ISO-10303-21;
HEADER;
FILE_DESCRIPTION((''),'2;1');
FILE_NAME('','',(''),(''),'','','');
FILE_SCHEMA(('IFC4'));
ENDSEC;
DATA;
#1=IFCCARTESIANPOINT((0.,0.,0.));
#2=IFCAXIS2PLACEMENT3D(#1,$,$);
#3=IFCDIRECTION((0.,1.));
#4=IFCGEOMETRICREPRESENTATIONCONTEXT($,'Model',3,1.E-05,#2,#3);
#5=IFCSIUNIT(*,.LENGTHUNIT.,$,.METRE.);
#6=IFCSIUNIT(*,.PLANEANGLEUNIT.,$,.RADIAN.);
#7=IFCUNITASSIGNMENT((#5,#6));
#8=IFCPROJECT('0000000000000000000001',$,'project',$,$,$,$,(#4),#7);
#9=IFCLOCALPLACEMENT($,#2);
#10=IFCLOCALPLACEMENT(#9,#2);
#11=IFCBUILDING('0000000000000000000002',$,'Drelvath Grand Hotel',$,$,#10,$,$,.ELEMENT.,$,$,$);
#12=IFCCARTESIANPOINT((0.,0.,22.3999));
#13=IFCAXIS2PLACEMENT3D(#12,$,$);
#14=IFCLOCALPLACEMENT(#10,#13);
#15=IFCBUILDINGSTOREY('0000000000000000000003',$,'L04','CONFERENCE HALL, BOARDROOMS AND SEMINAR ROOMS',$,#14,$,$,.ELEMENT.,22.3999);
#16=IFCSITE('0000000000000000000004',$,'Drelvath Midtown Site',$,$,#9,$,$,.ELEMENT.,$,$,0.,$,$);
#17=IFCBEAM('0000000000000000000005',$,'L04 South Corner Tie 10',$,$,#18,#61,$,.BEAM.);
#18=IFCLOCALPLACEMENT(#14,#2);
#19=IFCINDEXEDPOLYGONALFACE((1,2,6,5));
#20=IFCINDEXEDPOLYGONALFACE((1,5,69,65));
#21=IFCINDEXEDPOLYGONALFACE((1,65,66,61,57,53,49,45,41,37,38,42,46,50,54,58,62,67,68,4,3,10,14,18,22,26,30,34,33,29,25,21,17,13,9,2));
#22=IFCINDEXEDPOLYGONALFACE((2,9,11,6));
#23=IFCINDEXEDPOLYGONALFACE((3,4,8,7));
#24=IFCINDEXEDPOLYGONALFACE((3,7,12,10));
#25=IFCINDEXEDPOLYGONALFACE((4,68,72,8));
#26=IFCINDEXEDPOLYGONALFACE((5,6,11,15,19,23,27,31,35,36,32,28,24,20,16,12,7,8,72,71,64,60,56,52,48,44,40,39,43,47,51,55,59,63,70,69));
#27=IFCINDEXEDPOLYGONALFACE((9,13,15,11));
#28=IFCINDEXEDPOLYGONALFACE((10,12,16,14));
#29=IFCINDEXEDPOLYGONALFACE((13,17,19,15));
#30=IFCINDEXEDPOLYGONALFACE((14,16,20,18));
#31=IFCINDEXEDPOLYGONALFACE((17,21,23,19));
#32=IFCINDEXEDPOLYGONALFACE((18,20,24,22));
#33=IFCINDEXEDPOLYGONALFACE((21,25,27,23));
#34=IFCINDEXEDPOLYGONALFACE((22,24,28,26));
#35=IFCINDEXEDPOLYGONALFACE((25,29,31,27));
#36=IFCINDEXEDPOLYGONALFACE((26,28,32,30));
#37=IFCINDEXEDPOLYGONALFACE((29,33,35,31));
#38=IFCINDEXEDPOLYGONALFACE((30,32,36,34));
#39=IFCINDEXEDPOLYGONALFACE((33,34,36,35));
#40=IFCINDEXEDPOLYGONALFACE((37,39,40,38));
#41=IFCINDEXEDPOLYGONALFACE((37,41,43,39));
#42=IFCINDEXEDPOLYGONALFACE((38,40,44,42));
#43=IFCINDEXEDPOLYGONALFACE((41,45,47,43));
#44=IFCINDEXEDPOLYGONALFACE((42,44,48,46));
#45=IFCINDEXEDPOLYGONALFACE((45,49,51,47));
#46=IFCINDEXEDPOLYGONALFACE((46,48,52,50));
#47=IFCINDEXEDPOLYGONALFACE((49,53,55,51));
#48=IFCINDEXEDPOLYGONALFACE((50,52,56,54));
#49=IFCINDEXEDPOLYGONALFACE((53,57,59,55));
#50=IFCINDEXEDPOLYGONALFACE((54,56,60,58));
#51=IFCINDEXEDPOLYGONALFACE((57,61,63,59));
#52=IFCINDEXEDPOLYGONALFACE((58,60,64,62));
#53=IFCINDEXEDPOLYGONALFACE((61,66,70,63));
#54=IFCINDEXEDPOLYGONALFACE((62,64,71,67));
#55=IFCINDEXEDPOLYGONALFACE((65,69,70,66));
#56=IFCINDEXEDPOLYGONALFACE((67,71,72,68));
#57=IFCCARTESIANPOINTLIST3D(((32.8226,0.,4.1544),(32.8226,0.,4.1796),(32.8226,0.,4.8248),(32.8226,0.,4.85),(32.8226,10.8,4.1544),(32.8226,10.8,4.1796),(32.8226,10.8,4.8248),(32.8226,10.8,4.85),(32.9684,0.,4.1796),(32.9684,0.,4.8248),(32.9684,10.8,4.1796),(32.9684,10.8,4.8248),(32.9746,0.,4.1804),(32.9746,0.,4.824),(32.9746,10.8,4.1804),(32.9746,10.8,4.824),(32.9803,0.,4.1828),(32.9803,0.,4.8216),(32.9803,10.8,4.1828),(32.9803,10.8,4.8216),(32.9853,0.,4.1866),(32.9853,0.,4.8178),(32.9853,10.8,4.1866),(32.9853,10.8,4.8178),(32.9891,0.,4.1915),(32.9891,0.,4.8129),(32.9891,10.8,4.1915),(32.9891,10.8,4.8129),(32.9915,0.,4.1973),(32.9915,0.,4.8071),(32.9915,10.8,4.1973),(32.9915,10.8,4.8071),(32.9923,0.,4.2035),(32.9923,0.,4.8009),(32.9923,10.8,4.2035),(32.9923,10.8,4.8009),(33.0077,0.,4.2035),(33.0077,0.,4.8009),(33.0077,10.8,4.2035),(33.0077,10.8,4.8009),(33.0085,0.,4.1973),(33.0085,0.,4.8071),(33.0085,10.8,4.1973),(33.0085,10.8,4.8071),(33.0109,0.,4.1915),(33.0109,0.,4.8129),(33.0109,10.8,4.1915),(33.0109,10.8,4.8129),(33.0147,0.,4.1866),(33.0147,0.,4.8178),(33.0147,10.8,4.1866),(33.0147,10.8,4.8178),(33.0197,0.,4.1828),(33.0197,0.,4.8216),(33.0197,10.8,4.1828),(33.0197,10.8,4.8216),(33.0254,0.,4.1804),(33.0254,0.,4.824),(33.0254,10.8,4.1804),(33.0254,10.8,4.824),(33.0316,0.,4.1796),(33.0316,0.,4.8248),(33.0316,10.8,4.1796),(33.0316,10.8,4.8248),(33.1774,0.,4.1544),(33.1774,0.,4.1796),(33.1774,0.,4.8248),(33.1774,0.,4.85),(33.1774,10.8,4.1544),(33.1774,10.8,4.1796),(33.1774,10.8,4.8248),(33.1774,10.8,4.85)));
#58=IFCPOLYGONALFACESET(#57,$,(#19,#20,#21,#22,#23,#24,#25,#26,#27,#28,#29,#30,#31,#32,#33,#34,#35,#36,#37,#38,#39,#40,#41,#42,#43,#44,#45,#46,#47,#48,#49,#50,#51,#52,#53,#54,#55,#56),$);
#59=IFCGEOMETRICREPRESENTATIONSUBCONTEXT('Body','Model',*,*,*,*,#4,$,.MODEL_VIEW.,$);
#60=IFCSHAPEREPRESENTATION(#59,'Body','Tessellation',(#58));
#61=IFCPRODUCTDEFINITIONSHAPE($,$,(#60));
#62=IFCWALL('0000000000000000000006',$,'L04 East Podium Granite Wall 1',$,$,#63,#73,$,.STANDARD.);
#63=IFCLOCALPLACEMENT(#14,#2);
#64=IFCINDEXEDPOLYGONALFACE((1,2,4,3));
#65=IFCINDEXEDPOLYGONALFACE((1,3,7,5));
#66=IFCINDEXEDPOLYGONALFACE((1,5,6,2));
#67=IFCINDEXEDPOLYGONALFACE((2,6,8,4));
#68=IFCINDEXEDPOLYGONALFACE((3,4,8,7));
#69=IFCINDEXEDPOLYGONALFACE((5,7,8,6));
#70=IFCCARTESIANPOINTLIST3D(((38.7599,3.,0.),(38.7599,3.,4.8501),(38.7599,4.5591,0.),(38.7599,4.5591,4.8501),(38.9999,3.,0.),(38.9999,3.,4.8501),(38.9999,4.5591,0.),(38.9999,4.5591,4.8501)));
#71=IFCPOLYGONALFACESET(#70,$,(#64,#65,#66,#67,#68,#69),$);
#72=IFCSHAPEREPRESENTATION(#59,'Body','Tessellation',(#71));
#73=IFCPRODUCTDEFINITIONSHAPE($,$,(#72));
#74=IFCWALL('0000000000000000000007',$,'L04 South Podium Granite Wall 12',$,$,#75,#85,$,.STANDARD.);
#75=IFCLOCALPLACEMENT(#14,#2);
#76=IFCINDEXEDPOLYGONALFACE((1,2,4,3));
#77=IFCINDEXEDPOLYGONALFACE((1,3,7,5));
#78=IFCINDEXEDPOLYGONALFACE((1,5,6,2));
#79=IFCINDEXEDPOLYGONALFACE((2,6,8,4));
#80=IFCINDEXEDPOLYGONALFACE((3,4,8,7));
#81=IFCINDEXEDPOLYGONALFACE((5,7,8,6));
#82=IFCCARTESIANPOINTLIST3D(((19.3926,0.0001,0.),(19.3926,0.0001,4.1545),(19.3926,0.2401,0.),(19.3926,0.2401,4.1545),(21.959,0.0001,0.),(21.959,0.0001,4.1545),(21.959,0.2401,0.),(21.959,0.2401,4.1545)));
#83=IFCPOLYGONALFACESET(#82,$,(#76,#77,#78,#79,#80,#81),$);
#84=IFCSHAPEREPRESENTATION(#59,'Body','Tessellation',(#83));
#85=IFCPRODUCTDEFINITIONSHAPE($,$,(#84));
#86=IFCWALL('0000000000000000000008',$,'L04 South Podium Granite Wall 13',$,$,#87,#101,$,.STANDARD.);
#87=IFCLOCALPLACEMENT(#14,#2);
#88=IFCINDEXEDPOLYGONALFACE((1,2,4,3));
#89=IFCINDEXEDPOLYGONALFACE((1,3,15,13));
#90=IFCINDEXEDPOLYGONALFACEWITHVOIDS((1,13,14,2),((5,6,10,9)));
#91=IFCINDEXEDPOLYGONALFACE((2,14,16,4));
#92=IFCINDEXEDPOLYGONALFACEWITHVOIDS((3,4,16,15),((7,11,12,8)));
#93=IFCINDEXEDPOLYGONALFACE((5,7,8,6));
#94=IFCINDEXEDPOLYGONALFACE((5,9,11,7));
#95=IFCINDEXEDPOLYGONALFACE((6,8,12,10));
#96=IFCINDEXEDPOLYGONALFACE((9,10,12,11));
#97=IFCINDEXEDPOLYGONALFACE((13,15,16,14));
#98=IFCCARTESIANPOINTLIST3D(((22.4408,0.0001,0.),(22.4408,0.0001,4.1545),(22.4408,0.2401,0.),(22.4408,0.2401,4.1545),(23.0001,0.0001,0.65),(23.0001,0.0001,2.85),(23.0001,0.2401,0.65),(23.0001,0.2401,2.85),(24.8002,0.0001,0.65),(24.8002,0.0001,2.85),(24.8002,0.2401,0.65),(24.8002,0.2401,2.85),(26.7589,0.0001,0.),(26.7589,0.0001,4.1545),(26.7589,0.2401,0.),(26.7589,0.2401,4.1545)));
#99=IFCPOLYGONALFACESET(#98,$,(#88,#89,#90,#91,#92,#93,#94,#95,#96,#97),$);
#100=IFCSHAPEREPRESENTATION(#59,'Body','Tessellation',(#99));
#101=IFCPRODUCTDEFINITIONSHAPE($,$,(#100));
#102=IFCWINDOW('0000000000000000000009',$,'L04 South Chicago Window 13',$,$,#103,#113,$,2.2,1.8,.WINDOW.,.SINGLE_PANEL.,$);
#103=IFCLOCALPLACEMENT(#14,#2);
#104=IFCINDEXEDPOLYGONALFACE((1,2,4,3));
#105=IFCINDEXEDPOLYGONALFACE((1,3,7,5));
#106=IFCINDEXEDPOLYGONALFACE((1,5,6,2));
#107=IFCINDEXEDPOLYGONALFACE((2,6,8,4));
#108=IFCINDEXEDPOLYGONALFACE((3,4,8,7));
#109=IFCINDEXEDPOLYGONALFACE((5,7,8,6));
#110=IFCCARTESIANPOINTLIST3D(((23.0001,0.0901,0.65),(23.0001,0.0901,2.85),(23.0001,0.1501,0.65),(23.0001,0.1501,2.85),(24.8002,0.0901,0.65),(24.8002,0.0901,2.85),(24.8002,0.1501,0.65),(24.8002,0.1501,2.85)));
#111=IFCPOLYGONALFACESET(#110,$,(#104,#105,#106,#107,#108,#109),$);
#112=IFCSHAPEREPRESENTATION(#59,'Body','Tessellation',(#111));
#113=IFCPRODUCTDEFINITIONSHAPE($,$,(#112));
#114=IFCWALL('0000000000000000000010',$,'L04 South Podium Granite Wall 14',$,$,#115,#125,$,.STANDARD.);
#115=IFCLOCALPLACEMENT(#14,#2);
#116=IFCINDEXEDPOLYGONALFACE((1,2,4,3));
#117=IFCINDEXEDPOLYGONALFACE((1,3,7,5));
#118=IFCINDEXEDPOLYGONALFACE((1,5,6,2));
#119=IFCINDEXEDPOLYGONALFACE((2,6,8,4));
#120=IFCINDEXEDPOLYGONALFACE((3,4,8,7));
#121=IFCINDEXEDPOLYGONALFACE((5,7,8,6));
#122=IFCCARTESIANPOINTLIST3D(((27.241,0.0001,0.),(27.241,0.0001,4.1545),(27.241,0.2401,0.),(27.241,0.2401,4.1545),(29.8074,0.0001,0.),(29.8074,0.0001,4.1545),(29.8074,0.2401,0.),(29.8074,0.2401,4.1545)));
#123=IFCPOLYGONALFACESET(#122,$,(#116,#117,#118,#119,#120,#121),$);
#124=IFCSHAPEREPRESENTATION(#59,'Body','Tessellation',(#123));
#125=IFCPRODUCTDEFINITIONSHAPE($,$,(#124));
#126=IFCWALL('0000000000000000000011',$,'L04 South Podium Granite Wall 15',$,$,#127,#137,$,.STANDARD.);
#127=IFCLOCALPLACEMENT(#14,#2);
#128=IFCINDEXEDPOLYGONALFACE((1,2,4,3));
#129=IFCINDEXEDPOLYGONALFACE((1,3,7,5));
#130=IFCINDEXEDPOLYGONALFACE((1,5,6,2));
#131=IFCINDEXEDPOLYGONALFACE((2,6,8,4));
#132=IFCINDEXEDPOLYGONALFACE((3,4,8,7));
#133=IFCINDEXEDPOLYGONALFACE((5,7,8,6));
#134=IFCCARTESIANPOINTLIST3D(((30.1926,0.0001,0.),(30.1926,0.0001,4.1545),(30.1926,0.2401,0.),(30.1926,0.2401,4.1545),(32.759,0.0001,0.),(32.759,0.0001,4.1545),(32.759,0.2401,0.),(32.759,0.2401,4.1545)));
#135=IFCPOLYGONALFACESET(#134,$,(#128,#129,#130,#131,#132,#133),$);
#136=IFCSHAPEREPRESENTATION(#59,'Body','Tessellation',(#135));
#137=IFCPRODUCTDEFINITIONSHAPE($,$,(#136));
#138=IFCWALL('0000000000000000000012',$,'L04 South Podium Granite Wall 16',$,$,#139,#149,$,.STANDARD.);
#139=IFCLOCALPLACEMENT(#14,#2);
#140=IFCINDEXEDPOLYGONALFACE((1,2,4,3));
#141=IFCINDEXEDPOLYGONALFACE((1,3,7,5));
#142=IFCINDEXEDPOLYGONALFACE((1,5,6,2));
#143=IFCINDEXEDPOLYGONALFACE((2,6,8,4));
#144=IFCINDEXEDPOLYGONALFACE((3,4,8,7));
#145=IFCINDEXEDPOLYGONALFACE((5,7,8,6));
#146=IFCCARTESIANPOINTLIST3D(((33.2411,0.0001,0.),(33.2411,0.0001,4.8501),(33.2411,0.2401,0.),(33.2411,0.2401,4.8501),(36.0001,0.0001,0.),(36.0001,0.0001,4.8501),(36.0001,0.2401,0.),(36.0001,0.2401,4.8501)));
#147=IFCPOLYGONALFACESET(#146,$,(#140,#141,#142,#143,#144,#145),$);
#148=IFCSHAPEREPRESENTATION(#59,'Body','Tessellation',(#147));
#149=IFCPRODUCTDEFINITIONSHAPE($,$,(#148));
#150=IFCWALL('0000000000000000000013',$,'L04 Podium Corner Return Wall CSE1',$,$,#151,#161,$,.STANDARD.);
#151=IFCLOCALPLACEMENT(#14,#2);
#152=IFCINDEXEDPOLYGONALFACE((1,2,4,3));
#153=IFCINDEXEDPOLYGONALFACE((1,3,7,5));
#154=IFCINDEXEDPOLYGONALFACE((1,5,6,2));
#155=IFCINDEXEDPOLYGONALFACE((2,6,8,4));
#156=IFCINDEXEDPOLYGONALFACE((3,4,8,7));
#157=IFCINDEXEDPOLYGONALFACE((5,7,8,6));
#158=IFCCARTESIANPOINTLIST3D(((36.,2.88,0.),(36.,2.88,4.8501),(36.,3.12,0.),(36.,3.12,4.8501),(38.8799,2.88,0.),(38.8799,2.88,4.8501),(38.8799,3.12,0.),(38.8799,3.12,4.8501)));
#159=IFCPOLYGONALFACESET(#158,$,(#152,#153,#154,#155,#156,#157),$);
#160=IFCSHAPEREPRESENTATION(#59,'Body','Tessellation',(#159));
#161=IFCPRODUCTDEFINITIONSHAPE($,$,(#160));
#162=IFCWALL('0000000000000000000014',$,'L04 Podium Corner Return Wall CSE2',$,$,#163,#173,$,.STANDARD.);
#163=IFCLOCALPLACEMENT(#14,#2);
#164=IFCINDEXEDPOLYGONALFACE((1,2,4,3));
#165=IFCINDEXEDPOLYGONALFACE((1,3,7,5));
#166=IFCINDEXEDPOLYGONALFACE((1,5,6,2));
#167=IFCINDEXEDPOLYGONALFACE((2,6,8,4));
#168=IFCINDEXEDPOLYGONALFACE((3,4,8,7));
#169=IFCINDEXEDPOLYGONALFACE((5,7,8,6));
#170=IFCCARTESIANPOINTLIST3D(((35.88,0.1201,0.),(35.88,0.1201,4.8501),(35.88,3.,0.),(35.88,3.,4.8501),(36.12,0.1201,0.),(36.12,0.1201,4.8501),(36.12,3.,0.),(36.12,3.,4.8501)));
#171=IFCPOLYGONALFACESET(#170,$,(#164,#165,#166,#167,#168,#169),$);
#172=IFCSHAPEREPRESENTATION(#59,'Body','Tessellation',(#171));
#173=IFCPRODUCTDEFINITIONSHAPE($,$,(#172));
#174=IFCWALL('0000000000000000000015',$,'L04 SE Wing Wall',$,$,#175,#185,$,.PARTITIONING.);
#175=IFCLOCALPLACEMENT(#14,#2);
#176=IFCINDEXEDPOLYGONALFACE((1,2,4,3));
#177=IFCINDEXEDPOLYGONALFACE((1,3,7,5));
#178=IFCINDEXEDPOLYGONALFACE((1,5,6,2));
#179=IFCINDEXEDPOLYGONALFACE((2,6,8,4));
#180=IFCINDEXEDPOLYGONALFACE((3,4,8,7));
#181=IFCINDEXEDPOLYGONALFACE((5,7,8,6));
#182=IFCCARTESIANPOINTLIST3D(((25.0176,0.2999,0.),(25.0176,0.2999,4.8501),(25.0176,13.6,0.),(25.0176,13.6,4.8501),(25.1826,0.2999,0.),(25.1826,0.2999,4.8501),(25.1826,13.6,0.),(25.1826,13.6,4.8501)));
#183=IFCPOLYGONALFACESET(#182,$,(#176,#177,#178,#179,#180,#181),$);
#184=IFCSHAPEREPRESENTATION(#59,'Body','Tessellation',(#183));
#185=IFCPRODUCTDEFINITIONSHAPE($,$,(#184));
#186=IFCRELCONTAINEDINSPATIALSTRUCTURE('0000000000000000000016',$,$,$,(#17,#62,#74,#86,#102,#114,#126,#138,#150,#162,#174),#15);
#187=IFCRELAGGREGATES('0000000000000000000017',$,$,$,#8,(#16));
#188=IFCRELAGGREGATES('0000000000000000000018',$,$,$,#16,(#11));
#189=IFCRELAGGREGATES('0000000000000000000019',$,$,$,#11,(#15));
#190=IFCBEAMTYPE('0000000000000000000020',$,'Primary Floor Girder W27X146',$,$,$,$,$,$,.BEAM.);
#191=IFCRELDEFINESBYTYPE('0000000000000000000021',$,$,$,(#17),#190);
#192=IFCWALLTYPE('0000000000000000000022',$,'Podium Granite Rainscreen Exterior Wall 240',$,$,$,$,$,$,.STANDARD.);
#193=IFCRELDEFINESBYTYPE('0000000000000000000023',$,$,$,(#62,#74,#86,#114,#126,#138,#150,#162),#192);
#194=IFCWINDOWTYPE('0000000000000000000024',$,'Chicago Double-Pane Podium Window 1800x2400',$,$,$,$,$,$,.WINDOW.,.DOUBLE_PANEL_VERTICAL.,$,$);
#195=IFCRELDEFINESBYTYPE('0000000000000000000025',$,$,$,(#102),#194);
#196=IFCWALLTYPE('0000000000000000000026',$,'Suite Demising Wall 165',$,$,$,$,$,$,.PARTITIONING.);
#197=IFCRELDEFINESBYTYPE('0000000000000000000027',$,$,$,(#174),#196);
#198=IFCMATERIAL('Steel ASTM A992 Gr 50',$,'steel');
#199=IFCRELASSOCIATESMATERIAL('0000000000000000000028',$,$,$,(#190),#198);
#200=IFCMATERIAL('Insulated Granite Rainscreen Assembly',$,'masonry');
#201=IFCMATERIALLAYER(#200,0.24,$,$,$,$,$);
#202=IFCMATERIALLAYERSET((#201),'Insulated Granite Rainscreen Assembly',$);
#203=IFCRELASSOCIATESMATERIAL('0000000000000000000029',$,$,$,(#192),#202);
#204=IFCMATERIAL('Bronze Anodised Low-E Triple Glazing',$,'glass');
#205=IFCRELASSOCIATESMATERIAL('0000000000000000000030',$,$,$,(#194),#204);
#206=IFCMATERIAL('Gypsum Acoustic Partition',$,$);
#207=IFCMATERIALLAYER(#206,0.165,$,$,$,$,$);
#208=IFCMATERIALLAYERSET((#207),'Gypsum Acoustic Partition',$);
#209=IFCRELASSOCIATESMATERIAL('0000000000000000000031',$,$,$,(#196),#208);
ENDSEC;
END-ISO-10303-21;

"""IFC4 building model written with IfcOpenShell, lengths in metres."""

from ifc_helpers import new_model, si_unit, direction, frame, frame_2d, origin, origin_2d, place, context, subcontext, project, spatial, rectangle, i_section, extrude, material, layer, layer_set, material_profile, profile_set, type_object, element, fill, save


model = new_model("IFC4")

# Units and contexts
model_context = context("Model", 3, precision=1e-05, world=origin(), true_north=direction((0.0, 1.0)))
body_context = subcontext(model_context, "Body", "Model", "MODEL_VIEW")
ifc_project = project(units=[si_unit("LENGTHUNIT", "METRE"), si_unit("PLANEANGLEUNIT", "RADIAN")], contexts=[model_context])

# Site, building, storey
site_placement = place(None, origin())
site = spatial("IfcSite", under=ifc_project, at=site_placement, Name="Drelvath Midtown Site", CompositionType="ELEMENT", RefElevation=0.0)
building_placement = place(site_placement, origin())
building = spatial("IfcBuilding", under=site, at=building_placement, Name="Drelvath Grand Hotel", CompositionType="ELEMENT")
storey_placement = place(building_placement, frame((0.0, 0.0, 22.3999)))
storey = spatial("IfcBuildingStorey", under=building, at=storey_placement, Name="L04", Description="CONFERENCE HALL, BOARDROOMS AND SEMINAR ROOMS", CompositionType="ELEMENT", Elevation=22.3999)

# Beam
ifc_material_1 = material(Name="Steel ASTM A992 Gr 50", Category="steel")
ifc_material_profile_1 = material_profile(ifc_material_1, i_section(OverallWidth=0.3547, OverallDepth=0.6956, WebThickness=0.0154, FlangeThickness=0.0251, FilletRadius=0.0239, at=origin_2d()), Name="W27X146")
ifc_profile_set_1 = profile_set([ifc_material_profile_1], Name="Steel ASTM A992 Gr 50")
beam_type = type_object("IfcBeamType", Name="Primary Floor Girder W27X146", PredefinedType="BEAM", material=ifc_profile_set_1)
for number, where, z_axis, x_axis, name in (
    (1, (33.0, 0.0, 4.5022), (0.0, 1.0, 0.0), (-1.0, 0.0, 0.0), "L04 South Corner Tie 10"),
):
    element("IfcBeam", number, at=place(storey_placement, frame(where, z_axis=z_axis, x_axis=x_axis)), inside=storey, type_object=beam_type, Name=name, PredefinedType="BEAM", context=body_context, shape_type="SweptSolid", body=[
        extrude(i_section(OverallWidth=0.3547, OverallDepth=0.6956, WebThickness=0.0154, FlangeThickness=0.0251, FilletRadius=0.0239, at=origin_2d()), origin(), (0.0, 0.0, 1.0), 10.8),
    ])

# Walls
ifc_material_2 = material(Name="Insulated Granite Rainscreen Assembly", Category="masonry")
ifc_layer_1 = layer(ifc_material_2, 0.24)
ifc_layer_set_1 = layer_set([ifc_layer_1], Name="Insulated Granite Rainscreen Assembly")
wall_type_1 = type_object("IfcWallType", Name="Podium Granite Rainscreen Exterior Wall 240", PredefinedType="STANDARD", material=ifc_layer_set_1)
wall_1_placement = place(storey_placement, frame((38.8799, 4.5591, 0.0), z_axis=(0.0, 0.0, 1.0), x_axis=(0.0, -1.0, 0.0)))
element("IfcWall", 2, at=wall_1_placement, inside=storey, type_object=wall_type_1, Name="L04 East Podium Granite Wall 1", PredefinedType="STANDARD", context=body_context, shape_type="SweptSolid", body=[
    extrude(rectangle(XDim=1.5591, YDim=0.24, at=frame_2d((0.7795, 0.0))), origin(), (0.0, 0.0, 1.0), 4.8501),
])
wall_2_placement = place(storey_placement, frame((21.959, 0.1201, 0.0), z_axis=(0.0, 0.0, 1.0), x_axis=(-1.0, 0.0, 0.0)))
element("IfcWall", 3, at=wall_2_placement, inside=storey, type_object=wall_type_1, Name="L04 South Podium Granite Wall 12", PredefinedType="STANDARD", context=body_context, shape_type="SweptSolid", body=[
    extrude(rectangle(XDim=2.5664, YDim=0.24, at=frame_2d((1.2832, 0.0))), origin(), (0.0, 0.0, 1.0), 4.1545),
])

# Wall, opening, window
wall_3_placement = place(storey_placement, frame((26.759, 0.1201, 0.0), z_axis=(0.0, 0.0, 1.0), x_axis=(-1.0, 0.0, 0.0)))
wall_3 = element("IfcWall", 4, at=wall_3_placement, inside=storey, type_object=wall_type_1, Name="L04 South Podium Granite Wall 13", PredefinedType="STANDARD", context=body_context, shape_type="SweptSolid", body=[
    extrude(rectangle(XDim=4.3181, YDim=0.24, at=frame_2d((2.1592, 0.0))), origin(), (0.0, 0.0, 1.0), 4.1545),
])
opening_placement = place(wall_3_placement, frame((1.959, 0.0, 0.6499)))
opening = element("IfcOpeningElement", 5, at=opening_placement, cuts=wall_3, PredefinedType="OPENING", context=body_context, shape_type="SweptSolid", body=[
    extrude(rectangle(XDim=1.8, YDim=2.2, at=frame_2d((0.8999, 1.1001))), frame((0.0, 0.1299, 0.0), z_axis=(0.0, -1.0, 0.0), x_axis=(1.0, 0.0, 0.0)), (0.0, 0.0, 1.0), 0.26),
])
ifc_material_3 = material(Name="Bronze Anodised Low-E Triple Glazing", Category="glass")
window_type = type_object("IfcWindowType", Name="Chicago Double-Pane Podium Window 1800x2400", PartitioningType="DOUBLE_PANEL_VERTICAL", PredefinedType="WINDOW", material=ifc_material_3)
window_placement = place(opening_placement, origin())
window = element("IfcWindow", 6, at=window_placement, inside=storey, type_object=window_type, Name="L04 South Chicago Window 13", OverallHeight=2.2, OverallWidth=1.8, PartitioningType="SINGLE_PANEL", PredefinedType="WINDOW", context=body_context, shape_type="SweptSolid", body=[
    extrude(rectangle(XDim=1.8, YDim=2.2, at=frame_2d((0.8999, 1.1001))), frame((0.0, 0.03, 0.0), z_axis=(0.0, -1.0, 0.0), x_axis=(1.0, 0.0, 0.0)), (0.0, 0.0, 1.0), 0.0601),
])
fill(opening, window)

# Walls
for number, where, z_axis, x_axis, name in (
    (7, (29.8074, 0.1201, 0.0), (0.0, 0.0, 1.0), (-1.0, 0.0, 0.0), "L04 South Podium Granite Wall 14"),
    (8, (32.759, 0.1201, 0.0), (0.0, 0.0, 1.0), (-1.0, 0.0, 0.0), "L04 South Podium Granite Wall 15"),
):
    element("IfcWall", number, at=place(storey_placement, frame(where, z_axis=z_axis, x_axis=x_axis)), inside=storey, type_object=wall_type_1, Name=name, PredefinedType="STANDARD", context=body_context, shape_type="SweptSolid", body=[
        extrude(rectangle(XDim=2.5664, YDim=0.24, at=frame_2d((1.2832, 0.0))), origin(), (0.0, 0.0, 1.0), 4.1545),
    ])
wall_4_placement = place(storey_placement, frame((36.0, 0.1201, 0.0), z_axis=(0.0, 0.0, 1.0), x_axis=(-1.0, 0.0, 0.0)))
element("IfcWall", 9, at=wall_4_placement, inside=storey, type_object=wall_type_1, Name="L04 South Podium Granite Wall 16", PredefinedType="STANDARD", context=body_context, shape_type="SweptSolid", body=[
    extrude(rectangle(XDim=2.759, YDim=0.24, at=frame_2d((1.3794, 0.0))), origin(), (0.0, 0.0, 1.0), 4.8501),
])
for number, where, z_axis, x_axis, name in (
    (10, (38.8799, 3.0, 0.0), (0.0, 0.0, 1.0), (-1.0, 0.0, 0.0), "L04 Podium Corner Return Wall CSE1"),
    (11, (36.0, 3.0, 0.0), (0.0, 0.0, 1.0), (0.0, -1.0, 0.0), "L04 Podium Corner Return Wall CSE2"),
):
    element("IfcWall", number, at=place(storey_placement, frame(where, z_axis=z_axis, x_axis=x_axis)), inside=storey, type_object=wall_type_1, Name=name, PredefinedType="STANDARD", context=body_context, shape_type="SweptSolid", body=[
        extrude(rectangle(XDim=2.8799, YDim=0.24, at=frame_2d((1.4399, 0.0))), origin(), (0.0, 0.0, 1.0), 4.8501),
    ])
ifc_material_4 = material(Name="Gypsum Acoustic Partition")
ifc_layer_2 = layer(ifc_material_4, 0.165)
ifc_layer_set_2 = layer_set([ifc_layer_2], Name="Gypsum Acoustic Partition")
wall_type_2 = type_object("IfcWallType", Name="Suite Demising Wall 165", PredefinedType="PARTITIONING", material=ifc_layer_set_2)
wall_5_placement = place(storey_placement, frame((25.1001, 0.3, 0.0), z_axis=(0.0, 0.0, 1.0), x_axis=(0.0, 1.0, 0.0)))
element("IfcWall", 12, at=wall_5_placement, inside=storey, type_object=wall_type_2, Name="L04 SE Wing Wall", PredefinedType="PARTITIONING", context=body_context, shape_type="SweptSolid", body=[
    extrude(rectangle(XDim=13.3, YDim=0.165, at=frame_2d((6.6499, 0.0))), origin(), (0.0, 0.0, 1.0), 4.8501),
])

save(model, "model.ifc")
